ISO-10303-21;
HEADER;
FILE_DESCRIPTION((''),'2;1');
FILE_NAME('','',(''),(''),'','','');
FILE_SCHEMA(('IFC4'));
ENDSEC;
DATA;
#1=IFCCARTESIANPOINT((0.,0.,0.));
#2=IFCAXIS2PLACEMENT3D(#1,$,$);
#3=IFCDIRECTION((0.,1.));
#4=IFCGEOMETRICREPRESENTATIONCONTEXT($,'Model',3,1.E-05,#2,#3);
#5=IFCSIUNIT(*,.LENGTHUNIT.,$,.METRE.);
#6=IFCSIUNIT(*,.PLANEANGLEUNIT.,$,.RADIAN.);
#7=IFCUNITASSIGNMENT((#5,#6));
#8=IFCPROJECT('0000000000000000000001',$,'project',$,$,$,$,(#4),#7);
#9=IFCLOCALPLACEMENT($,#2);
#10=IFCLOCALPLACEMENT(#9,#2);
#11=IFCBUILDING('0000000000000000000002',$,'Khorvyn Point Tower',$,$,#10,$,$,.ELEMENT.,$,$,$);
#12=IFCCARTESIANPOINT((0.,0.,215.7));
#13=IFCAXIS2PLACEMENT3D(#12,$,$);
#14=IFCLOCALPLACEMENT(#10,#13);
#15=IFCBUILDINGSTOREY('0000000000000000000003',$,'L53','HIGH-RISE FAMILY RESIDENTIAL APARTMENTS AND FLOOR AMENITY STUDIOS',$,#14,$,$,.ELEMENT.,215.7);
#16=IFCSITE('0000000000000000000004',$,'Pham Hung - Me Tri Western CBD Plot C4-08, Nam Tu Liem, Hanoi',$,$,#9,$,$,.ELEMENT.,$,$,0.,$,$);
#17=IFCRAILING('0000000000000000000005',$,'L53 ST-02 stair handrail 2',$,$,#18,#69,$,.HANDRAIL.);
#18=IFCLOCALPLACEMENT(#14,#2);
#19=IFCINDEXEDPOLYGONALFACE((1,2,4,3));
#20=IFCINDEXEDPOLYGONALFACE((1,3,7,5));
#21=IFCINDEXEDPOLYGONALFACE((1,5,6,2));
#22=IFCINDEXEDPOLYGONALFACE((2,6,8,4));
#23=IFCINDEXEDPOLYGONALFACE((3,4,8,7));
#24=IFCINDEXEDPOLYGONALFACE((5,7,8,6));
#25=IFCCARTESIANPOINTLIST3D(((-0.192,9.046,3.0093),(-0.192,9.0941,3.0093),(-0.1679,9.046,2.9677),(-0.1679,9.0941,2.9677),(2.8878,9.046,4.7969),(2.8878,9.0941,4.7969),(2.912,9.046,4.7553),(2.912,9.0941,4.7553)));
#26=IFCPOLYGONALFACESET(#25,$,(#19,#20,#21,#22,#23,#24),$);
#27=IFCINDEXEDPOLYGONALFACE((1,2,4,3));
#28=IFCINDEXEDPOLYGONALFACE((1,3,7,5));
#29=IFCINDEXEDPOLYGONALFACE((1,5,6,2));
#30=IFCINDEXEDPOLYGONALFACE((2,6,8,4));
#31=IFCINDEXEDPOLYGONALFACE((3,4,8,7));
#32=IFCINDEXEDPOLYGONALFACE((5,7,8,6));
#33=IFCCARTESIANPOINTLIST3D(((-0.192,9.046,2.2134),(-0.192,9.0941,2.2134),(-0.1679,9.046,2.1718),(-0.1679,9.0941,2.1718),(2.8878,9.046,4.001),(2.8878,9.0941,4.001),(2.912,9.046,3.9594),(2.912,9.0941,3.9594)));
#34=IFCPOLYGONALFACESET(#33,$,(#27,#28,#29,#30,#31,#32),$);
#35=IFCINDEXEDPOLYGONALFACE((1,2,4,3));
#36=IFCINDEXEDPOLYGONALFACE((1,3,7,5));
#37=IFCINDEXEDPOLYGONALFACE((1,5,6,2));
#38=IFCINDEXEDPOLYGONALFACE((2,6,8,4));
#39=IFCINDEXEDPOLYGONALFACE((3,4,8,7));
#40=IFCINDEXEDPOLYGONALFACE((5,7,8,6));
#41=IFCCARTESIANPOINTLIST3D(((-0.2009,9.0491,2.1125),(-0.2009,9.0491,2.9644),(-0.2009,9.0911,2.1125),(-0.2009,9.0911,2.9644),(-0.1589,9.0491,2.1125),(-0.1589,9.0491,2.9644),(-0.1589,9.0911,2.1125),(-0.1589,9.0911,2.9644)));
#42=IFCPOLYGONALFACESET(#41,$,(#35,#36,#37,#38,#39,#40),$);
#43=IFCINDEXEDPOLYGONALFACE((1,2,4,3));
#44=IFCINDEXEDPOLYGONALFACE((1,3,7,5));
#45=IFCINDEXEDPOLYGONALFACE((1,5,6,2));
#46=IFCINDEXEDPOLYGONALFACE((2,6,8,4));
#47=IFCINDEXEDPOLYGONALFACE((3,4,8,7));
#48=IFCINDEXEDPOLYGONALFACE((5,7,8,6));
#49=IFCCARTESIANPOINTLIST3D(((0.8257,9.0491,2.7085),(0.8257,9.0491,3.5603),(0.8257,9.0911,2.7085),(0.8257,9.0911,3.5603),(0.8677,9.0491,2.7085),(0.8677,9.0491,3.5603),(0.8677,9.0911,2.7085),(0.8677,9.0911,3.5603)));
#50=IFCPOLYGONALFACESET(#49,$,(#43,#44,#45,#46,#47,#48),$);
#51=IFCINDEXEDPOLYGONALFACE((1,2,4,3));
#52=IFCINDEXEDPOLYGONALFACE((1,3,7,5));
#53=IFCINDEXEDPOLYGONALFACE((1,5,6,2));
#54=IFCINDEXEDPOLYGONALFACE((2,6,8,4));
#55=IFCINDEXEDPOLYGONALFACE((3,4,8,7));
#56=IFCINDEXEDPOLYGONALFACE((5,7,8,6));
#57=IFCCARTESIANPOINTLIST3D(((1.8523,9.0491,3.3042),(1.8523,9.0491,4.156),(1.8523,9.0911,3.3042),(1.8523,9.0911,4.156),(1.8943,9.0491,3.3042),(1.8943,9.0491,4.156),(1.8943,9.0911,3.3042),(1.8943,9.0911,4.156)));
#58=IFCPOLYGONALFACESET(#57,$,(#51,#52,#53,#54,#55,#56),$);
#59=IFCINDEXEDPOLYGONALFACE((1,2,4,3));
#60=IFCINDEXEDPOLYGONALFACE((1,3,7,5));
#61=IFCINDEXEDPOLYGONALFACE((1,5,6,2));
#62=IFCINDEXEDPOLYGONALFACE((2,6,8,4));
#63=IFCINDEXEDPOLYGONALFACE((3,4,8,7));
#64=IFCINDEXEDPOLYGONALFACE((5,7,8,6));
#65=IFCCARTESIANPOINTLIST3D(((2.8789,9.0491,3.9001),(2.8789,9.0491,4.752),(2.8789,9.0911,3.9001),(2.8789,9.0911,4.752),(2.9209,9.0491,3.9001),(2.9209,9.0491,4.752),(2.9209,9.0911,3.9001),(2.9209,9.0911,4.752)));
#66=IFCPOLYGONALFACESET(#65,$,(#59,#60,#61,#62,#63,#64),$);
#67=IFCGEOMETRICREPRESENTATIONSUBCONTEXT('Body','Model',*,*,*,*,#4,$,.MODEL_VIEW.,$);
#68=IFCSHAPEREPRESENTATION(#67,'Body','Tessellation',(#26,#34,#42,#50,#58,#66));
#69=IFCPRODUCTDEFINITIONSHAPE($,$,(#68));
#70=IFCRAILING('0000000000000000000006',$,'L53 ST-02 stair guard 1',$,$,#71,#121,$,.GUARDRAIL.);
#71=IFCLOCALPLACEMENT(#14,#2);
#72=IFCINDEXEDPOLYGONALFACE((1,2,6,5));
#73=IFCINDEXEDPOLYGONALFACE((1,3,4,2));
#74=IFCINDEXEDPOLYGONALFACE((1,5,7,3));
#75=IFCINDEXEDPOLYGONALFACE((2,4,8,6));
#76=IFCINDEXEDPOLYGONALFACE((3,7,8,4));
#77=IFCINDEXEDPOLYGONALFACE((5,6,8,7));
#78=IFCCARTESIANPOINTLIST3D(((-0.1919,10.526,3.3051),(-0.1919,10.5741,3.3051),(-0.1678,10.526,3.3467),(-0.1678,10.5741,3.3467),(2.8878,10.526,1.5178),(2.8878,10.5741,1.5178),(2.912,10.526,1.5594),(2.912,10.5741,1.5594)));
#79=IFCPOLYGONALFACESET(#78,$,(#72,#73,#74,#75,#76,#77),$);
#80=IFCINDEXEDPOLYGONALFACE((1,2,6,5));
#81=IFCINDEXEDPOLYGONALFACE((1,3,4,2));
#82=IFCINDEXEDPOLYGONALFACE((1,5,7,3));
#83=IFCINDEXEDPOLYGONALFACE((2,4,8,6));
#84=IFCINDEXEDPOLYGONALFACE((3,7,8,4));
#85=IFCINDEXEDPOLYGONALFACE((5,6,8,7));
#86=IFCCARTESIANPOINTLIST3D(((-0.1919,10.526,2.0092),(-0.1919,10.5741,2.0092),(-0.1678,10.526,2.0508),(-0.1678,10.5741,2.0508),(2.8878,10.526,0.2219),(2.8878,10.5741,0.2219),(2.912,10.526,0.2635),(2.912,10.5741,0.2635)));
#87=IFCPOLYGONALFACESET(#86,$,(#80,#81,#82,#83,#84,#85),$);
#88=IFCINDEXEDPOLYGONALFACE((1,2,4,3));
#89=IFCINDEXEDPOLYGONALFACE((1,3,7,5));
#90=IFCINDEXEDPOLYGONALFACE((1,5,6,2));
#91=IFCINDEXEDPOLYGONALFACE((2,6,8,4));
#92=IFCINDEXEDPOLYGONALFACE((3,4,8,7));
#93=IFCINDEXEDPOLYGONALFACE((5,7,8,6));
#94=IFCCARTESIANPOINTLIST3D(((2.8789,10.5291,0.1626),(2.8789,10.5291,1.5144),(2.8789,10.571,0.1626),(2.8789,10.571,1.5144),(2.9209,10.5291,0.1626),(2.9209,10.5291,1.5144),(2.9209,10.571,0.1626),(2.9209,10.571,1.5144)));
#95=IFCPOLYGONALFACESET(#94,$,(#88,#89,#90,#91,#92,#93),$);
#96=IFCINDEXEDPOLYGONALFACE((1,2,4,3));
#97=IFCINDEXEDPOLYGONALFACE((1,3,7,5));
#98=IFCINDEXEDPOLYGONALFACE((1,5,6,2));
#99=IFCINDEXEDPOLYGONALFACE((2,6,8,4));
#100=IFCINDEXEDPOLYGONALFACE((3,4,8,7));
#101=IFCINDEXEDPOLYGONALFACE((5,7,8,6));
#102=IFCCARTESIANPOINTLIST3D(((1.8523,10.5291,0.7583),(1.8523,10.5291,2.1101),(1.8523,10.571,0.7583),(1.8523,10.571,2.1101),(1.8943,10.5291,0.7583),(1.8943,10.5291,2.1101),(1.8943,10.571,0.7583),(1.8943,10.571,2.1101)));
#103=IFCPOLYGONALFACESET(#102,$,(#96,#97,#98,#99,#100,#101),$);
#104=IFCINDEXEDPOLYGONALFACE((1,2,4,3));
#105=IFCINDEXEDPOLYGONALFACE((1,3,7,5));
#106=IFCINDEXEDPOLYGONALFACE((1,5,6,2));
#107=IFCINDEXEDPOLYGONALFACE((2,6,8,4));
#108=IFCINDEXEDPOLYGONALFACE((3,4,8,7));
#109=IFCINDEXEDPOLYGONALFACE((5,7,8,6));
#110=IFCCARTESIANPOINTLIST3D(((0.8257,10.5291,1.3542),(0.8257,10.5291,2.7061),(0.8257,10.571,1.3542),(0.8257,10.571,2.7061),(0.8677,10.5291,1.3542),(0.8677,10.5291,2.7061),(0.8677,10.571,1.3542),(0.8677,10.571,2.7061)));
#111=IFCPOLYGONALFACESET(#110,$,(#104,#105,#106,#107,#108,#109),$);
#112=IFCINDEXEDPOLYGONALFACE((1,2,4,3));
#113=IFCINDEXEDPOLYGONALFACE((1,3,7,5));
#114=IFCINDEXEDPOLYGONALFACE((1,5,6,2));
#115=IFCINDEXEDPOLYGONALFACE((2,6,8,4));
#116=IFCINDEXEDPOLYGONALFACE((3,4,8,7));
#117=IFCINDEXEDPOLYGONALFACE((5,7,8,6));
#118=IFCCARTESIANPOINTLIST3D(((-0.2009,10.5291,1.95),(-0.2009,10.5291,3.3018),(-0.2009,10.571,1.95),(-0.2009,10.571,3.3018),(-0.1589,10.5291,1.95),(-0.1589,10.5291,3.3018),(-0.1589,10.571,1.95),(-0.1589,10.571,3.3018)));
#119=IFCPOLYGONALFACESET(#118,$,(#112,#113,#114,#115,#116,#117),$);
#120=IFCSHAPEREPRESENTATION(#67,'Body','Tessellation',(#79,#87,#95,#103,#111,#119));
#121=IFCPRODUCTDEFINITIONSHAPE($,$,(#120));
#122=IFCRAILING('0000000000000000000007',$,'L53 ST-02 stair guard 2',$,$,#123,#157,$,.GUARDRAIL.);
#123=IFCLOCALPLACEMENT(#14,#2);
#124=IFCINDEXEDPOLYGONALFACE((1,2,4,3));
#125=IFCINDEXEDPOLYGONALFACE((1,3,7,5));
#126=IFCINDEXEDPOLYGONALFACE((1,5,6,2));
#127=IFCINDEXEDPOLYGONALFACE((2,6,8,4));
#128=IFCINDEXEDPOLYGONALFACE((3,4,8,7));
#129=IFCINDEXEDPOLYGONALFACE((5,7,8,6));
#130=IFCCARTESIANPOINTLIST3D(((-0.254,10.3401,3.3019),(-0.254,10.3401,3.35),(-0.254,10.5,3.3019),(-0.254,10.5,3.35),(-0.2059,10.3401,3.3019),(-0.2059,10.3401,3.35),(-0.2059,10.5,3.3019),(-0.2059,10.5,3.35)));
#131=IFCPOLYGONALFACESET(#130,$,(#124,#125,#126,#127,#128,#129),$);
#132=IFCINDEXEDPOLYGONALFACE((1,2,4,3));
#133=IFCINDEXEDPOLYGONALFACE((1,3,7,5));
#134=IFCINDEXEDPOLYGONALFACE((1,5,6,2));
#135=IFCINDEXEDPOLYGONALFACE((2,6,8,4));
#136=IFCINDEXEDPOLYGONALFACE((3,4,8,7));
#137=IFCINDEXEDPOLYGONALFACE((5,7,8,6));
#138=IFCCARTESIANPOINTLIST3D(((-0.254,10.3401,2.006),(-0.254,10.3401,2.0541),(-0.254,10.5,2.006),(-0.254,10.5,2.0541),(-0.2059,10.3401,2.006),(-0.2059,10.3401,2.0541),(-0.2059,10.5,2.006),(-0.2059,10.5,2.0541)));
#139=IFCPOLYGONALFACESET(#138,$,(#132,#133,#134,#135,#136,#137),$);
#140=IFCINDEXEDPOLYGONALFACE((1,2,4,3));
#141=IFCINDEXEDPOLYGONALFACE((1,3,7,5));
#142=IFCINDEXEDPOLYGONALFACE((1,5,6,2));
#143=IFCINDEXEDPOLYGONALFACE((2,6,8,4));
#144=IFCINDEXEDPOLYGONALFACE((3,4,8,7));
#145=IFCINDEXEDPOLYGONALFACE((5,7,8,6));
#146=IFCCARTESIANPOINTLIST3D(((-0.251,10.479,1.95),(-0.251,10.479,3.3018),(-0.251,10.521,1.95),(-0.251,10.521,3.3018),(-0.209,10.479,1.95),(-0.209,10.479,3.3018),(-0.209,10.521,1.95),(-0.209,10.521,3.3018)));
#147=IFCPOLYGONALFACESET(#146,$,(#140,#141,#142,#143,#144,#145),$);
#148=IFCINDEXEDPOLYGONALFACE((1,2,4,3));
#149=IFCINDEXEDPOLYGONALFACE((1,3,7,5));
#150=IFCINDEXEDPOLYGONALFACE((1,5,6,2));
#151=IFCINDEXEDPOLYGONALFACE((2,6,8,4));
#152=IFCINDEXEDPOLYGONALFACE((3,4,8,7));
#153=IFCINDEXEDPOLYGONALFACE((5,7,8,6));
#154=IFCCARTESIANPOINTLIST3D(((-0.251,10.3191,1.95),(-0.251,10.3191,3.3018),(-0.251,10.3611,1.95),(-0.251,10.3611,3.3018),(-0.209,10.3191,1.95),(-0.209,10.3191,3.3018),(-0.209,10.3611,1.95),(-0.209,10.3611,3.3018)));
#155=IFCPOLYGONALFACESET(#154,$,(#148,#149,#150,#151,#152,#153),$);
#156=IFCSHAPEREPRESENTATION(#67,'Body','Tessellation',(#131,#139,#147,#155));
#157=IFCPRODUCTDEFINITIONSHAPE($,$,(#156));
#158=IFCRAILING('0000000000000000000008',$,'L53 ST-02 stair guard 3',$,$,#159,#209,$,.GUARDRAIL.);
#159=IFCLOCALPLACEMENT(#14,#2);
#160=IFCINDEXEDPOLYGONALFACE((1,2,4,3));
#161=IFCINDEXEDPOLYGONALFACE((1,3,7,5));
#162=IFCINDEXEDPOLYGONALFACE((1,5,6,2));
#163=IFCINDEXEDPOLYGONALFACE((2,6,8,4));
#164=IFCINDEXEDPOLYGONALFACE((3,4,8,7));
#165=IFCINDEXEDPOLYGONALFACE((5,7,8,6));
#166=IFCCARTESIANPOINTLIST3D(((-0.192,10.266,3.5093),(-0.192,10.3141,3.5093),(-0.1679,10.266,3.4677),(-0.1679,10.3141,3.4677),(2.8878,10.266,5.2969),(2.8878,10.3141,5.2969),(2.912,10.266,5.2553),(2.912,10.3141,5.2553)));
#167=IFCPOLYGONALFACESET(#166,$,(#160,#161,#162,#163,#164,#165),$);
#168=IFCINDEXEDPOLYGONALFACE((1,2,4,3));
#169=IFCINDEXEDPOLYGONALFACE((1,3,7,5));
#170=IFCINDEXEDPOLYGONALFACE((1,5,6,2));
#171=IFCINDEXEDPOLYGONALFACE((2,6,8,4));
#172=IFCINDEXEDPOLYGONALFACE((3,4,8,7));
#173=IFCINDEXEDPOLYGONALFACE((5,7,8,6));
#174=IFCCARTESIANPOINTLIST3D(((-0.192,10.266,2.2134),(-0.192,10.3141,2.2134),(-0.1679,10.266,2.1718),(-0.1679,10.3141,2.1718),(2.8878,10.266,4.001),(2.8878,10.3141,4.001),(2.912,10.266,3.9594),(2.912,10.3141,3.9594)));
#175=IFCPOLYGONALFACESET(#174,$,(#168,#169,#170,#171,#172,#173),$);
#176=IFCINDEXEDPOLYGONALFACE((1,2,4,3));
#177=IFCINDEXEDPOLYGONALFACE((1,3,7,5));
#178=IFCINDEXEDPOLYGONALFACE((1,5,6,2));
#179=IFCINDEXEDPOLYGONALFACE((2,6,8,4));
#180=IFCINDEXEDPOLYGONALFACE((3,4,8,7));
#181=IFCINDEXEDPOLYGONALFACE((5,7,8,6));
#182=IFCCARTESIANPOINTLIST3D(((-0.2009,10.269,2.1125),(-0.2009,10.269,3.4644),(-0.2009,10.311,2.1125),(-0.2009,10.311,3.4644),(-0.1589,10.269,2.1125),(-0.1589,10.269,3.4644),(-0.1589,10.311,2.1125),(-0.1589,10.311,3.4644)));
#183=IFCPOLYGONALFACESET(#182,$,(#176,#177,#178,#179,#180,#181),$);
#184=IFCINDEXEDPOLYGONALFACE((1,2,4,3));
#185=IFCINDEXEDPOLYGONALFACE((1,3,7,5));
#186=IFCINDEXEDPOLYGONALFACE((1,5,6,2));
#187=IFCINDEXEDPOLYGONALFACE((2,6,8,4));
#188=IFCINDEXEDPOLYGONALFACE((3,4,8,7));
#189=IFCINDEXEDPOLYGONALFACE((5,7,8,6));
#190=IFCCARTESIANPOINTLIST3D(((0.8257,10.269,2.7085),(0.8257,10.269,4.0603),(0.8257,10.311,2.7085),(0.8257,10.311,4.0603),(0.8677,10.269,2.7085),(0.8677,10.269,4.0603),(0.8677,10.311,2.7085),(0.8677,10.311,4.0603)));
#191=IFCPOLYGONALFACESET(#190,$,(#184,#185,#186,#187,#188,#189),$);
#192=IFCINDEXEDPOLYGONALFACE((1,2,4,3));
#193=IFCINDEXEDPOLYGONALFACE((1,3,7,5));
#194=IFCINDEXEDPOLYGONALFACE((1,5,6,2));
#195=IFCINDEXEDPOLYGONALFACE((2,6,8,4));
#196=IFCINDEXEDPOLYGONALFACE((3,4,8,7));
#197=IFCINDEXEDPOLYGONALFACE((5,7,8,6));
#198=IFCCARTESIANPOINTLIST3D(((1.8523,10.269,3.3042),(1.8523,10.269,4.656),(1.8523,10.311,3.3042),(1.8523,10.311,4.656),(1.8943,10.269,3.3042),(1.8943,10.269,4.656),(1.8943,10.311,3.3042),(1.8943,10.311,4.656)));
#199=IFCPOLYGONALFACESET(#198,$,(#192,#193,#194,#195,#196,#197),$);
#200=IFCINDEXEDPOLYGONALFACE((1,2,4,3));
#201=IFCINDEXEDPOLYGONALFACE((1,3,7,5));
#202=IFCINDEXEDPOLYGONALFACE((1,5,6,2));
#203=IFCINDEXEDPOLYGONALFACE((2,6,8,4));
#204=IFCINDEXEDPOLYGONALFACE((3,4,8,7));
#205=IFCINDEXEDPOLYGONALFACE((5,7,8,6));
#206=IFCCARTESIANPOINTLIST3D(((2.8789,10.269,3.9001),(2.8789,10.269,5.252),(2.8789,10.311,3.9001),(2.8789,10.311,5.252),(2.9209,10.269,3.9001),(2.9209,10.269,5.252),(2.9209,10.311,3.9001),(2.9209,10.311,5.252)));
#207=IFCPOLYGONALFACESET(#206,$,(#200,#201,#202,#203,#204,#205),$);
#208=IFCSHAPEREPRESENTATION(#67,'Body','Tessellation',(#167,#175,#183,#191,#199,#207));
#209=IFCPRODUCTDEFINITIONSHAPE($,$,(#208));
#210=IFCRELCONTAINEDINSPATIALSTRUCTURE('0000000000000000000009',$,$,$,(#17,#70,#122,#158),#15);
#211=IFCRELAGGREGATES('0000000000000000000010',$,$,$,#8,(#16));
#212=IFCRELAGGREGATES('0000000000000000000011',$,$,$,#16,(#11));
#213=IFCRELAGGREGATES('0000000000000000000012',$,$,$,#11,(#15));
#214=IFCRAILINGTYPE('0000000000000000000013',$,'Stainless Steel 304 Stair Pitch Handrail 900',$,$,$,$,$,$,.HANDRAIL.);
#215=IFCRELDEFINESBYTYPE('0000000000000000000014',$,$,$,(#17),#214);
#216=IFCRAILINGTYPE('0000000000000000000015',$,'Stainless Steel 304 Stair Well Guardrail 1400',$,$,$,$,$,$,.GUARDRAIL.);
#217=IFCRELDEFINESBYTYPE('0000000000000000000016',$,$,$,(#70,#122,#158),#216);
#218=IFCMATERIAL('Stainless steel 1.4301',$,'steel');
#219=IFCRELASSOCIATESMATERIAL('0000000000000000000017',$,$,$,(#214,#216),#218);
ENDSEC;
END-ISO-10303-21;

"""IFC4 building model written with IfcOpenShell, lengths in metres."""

from ifc_helpers import new_model, si_unit, direction, frame, origin, origin_2d, place, context, subcontext, project, spatial, rectangle, extrude, material, type_object, element, save


model = new_model("IFC4")

# Units and contexts
model_context = context("Model", 3, precision=1e-05, world=origin(), true_north=direction((0.0, 1.0)))
body_context = subcontext(model_context, "Body", "Model", "MODEL_VIEW")
ifc_project = project(units=[si_unit("LENGTHUNIT", "METRE"), si_unit("PLANEANGLEUNIT", "RADIAN")], contexts=[model_context])

# Site, building, storey
site_placement = place(None, origin())
site = spatial("IfcSite", under=ifc_project, at=site_placement, Name="Pham Hung - Me Tri Western CBD Plot C4-08, Nam Tu Liem, Hanoi", CompositionType="ELEMENT", RefElevation=0.0)
building_placement = place(site_placement, origin())
building = spatial("IfcBuilding", under=site, at=building_placement, Name="Khorvyn Point Tower", CompositionType="ELEMENT")
storey_placement = place(building_placement, frame((0.0, 0.0, 215.7)))
storey = spatial("IfcBuildingStorey", under=building, at=storey_placement, Name="L53", Description="HIGH-RISE FAMILY RESIDENTIAL APARTMENTS AND FLOOR AMENITY STUDIOS", CompositionType="ELEMENT", Elevation=215.7)

# Railings
ifc_material_1 = material(Name="Stainless steel 1.4301", Category="steel")
railing_type_1 = type_object("IfcRailingType", Name="Stainless Steel 304 Stair Pitch Handrail 900", PredefinedType="HANDRAIL", material=ifc_material_1)
railing_1_placement = place(storey_placement, frame((-0.1799, 9.0701, 2.1125)))
element("IfcRailing", 1, at=railing_1_placement, inside=storey, type_object=railing_type_1, Name="L53 ST-02 stair handrail 2", PredefinedType="HANDRAIL", context=body_context, shape_type="SweptSolid", body=[
    extrude(rectangle(XDim=0.0481, YDim=0.0481, at=origin_2d()), frame((0.0, 0.0, 0.876), z_axis=(0.864873, 0.0, 0.50199), x_axis=(0.0, 1.0, 0.0)), (0.0, 0.0, 1.0), 3.561),
    extrude(rectangle(XDim=0.0481, YDim=0.0481, at=origin_2d()), frame((0.0, 0.0, 0.0801), z_axis=(0.864873, 0.0, 0.50199), x_axis=(0.0, 1.0, 0.0)), (0.0, 0.0, 1.0), 3.561),
    extrude(rectangle(XDim=0.042, YDim=0.042, at=origin_2d()), origin(), (0.0, 0.0, 1.0), 0.8518),
    extrude(rectangle(XDim=0.042, YDim=0.042, at=origin_2d()), frame((1.0266, 0.0, 0.5959)), (0.0, 0.0, 1.0), 0.8518),
    extrude(rectangle(XDim=0.042, YDim=0.042, at=origin_2d()), frame((2.0532, 0.0, 1.1917)), (0.0, 0.0, 1.0), 0.8518),
    extrude(rectangle(XDim=0.042, YDim=0.042, at=origin_2d()), frame((3.0798, 0.0, 1.7876)), (0.0, 0.0, 1.0), 0.8518),
])
railing_type_2 = type_object("IfcRailingType", Name="Stainless Steel 304 Stair Well Guardrail 1400", PredefinedType="GUARDRAIL", material=ifc_material_1)
railing_2_placement = place(storey_placement, frame((2.8999, 10.55, 0.1626)))
element("IfcRailing", 2, at=railing_2_placement, inside=storey, type_object=railing_type_2, Name="L53 ST-02 stair guard 1", PredefinedType="GUARDRAIL", context=body_context, shape_type="SweptSolid", body=[
    extrude(rectangle(XDim=0.0481, YDim=0.0481, at=origin_2d()), frame((0.0, 0.0, 1.376), z_axis=(-0.864903, 0.0, 0.501939), x_axis=(0.0, -1.0, 0.0)), (0.0, 0.0, 1.0), 3.5608),
    extrude(rectangle(XDim=0.0481, YDim=0.0481, at=origin_2d()), frame((0.0, 0.0, 0.0801), z_axis=(-0.864903, 0.0, 0.501939), x_axis=(0.0, -1.0, 0.0)), (0.0, 0.0, 1.0), 3.5608),
    extrude(rectangle(XDim=0.042, YDim=0.042, at=origin_2d()), origin(), (0.0, 0.0, 1.0), 1.3518),
    extrude(rectangle(XDim=0.042, YDim=0.042, at=origin_2d()), frame((-1.0266, 0.0, 0.5957)), (0.0, 0.0, 1.0), 1.3518),
    extrude(rectangle(XDim=0.042, YDim=0.042, at=origin_2d()), frame((-2.0532, 0.0, 1.1917)), (0.0, 0.0, 1.0), 1.3518),
    extrude(rectangle(XDim=0.042, YDim=0.042, at=origin_2d()), frame((-3.0798, 0.0, 1.7874)), (0.0, 0.0, 1.0), 1.3518),
])
railing_3_placement = place(storey_placement, frame((-0.23, 10.5, 1.95)))
element("IfcRailing", 3, at=railing_3_placement, inside=storey, type_object=railing_type_2, Name="L53 ST-02 stair guard 2", PredefinedType="GUARDRAIL", context=body_context, shape_type="SweptSolid", body=[
    extrude(rectangle(XDim=0.0481, YDim=0.0481, at=origin_2d()), frame((0.0, 0.0, 1.376), z_axis=(0.0, -1.0, 0.0), x_axis=(1.0, 0.0, 0.0)), (0.0, 0.0, 1.0), 0.1599),
    extrude(rectangle(XDim=0.0481, YDim=0.0481, at=origin_2d()), frame((0.0, 0.0, 0.0801), z_axis=(0.0, -1.0, 0.0), x_axis=(1.0, 0.0, 0.0)), (0.0, 0.0, 1.0), 0.1599),
    extrude(rectangle(XDim=0.042, YDim=0.042, at=origin_2d()), origin(), (0.0, 0.0, 1.0), 1.3518),
    extrude(rectangle(XDim=0.042, YDim=0.042, at=origin_2d()), frame((0.0, -0.1599, 0.0)), (0.0, 0.0, 1.0), 1.3518),
])
railing_4_placement = place(storey_placement, frame((-0.1799, 10.29, 2.1125)))
element("IfcRailing", 4, at=railing_4_placement, inside=storey, type_object=railing_type_2, Name="L53 ST-02 stair guard 3", PredefinedType="GUARDRAIL", context=body_context, shape_type="SweptSolid", body=[
    extrude(rectangle(XDim=0.0481, YDim=0.0481, at=origin_2d()), frame((0.0, 0.0, 1.376), z_axis=(0.864873, 0.0, 0.50199), x_axis=(0.0, 1.0, 0.0)), (0.0, 0.0, 1.0), 3.561),
    extrude(rectangle(XDim=0.0481, YDim=0.0481, at=origin_2d()), frame((0.0, 0.0, 0.0801), z_axis=(0.864873, 0.0, 0.50199), x_axis=(0.0, 1.0, 0.0)), (0.0, 0.0, 1.0), 3.561),
    extrude(rectangle(XDim=0.042, YDim=0.042, at=origin_2d()), origin(), (0.0, 0.0, 1.0), 1.3518),
    extrude(rectangle(XDim=0.042, YDim=0.042, at=origin_2d()), frame((1.0266, 0.0, 0.5959)), (0.0, 0.0, 1.0), 1.3518),
    extrude(rectangle(XDim=0.042, YDim=0.042, at=origin_2d()), frame((2.0532, 0.0, 1.1917)), (0.0, 0.0, 1.0), 1.3518),
    extrude(rectangle(XDim=0.042, YDim=0.042, at=origin_2d()), frame((3.0798, 0.0, 1.7876)), (0.0, 0.0, 1.0), 1.3518),
])

save(model, "model.ifc")
